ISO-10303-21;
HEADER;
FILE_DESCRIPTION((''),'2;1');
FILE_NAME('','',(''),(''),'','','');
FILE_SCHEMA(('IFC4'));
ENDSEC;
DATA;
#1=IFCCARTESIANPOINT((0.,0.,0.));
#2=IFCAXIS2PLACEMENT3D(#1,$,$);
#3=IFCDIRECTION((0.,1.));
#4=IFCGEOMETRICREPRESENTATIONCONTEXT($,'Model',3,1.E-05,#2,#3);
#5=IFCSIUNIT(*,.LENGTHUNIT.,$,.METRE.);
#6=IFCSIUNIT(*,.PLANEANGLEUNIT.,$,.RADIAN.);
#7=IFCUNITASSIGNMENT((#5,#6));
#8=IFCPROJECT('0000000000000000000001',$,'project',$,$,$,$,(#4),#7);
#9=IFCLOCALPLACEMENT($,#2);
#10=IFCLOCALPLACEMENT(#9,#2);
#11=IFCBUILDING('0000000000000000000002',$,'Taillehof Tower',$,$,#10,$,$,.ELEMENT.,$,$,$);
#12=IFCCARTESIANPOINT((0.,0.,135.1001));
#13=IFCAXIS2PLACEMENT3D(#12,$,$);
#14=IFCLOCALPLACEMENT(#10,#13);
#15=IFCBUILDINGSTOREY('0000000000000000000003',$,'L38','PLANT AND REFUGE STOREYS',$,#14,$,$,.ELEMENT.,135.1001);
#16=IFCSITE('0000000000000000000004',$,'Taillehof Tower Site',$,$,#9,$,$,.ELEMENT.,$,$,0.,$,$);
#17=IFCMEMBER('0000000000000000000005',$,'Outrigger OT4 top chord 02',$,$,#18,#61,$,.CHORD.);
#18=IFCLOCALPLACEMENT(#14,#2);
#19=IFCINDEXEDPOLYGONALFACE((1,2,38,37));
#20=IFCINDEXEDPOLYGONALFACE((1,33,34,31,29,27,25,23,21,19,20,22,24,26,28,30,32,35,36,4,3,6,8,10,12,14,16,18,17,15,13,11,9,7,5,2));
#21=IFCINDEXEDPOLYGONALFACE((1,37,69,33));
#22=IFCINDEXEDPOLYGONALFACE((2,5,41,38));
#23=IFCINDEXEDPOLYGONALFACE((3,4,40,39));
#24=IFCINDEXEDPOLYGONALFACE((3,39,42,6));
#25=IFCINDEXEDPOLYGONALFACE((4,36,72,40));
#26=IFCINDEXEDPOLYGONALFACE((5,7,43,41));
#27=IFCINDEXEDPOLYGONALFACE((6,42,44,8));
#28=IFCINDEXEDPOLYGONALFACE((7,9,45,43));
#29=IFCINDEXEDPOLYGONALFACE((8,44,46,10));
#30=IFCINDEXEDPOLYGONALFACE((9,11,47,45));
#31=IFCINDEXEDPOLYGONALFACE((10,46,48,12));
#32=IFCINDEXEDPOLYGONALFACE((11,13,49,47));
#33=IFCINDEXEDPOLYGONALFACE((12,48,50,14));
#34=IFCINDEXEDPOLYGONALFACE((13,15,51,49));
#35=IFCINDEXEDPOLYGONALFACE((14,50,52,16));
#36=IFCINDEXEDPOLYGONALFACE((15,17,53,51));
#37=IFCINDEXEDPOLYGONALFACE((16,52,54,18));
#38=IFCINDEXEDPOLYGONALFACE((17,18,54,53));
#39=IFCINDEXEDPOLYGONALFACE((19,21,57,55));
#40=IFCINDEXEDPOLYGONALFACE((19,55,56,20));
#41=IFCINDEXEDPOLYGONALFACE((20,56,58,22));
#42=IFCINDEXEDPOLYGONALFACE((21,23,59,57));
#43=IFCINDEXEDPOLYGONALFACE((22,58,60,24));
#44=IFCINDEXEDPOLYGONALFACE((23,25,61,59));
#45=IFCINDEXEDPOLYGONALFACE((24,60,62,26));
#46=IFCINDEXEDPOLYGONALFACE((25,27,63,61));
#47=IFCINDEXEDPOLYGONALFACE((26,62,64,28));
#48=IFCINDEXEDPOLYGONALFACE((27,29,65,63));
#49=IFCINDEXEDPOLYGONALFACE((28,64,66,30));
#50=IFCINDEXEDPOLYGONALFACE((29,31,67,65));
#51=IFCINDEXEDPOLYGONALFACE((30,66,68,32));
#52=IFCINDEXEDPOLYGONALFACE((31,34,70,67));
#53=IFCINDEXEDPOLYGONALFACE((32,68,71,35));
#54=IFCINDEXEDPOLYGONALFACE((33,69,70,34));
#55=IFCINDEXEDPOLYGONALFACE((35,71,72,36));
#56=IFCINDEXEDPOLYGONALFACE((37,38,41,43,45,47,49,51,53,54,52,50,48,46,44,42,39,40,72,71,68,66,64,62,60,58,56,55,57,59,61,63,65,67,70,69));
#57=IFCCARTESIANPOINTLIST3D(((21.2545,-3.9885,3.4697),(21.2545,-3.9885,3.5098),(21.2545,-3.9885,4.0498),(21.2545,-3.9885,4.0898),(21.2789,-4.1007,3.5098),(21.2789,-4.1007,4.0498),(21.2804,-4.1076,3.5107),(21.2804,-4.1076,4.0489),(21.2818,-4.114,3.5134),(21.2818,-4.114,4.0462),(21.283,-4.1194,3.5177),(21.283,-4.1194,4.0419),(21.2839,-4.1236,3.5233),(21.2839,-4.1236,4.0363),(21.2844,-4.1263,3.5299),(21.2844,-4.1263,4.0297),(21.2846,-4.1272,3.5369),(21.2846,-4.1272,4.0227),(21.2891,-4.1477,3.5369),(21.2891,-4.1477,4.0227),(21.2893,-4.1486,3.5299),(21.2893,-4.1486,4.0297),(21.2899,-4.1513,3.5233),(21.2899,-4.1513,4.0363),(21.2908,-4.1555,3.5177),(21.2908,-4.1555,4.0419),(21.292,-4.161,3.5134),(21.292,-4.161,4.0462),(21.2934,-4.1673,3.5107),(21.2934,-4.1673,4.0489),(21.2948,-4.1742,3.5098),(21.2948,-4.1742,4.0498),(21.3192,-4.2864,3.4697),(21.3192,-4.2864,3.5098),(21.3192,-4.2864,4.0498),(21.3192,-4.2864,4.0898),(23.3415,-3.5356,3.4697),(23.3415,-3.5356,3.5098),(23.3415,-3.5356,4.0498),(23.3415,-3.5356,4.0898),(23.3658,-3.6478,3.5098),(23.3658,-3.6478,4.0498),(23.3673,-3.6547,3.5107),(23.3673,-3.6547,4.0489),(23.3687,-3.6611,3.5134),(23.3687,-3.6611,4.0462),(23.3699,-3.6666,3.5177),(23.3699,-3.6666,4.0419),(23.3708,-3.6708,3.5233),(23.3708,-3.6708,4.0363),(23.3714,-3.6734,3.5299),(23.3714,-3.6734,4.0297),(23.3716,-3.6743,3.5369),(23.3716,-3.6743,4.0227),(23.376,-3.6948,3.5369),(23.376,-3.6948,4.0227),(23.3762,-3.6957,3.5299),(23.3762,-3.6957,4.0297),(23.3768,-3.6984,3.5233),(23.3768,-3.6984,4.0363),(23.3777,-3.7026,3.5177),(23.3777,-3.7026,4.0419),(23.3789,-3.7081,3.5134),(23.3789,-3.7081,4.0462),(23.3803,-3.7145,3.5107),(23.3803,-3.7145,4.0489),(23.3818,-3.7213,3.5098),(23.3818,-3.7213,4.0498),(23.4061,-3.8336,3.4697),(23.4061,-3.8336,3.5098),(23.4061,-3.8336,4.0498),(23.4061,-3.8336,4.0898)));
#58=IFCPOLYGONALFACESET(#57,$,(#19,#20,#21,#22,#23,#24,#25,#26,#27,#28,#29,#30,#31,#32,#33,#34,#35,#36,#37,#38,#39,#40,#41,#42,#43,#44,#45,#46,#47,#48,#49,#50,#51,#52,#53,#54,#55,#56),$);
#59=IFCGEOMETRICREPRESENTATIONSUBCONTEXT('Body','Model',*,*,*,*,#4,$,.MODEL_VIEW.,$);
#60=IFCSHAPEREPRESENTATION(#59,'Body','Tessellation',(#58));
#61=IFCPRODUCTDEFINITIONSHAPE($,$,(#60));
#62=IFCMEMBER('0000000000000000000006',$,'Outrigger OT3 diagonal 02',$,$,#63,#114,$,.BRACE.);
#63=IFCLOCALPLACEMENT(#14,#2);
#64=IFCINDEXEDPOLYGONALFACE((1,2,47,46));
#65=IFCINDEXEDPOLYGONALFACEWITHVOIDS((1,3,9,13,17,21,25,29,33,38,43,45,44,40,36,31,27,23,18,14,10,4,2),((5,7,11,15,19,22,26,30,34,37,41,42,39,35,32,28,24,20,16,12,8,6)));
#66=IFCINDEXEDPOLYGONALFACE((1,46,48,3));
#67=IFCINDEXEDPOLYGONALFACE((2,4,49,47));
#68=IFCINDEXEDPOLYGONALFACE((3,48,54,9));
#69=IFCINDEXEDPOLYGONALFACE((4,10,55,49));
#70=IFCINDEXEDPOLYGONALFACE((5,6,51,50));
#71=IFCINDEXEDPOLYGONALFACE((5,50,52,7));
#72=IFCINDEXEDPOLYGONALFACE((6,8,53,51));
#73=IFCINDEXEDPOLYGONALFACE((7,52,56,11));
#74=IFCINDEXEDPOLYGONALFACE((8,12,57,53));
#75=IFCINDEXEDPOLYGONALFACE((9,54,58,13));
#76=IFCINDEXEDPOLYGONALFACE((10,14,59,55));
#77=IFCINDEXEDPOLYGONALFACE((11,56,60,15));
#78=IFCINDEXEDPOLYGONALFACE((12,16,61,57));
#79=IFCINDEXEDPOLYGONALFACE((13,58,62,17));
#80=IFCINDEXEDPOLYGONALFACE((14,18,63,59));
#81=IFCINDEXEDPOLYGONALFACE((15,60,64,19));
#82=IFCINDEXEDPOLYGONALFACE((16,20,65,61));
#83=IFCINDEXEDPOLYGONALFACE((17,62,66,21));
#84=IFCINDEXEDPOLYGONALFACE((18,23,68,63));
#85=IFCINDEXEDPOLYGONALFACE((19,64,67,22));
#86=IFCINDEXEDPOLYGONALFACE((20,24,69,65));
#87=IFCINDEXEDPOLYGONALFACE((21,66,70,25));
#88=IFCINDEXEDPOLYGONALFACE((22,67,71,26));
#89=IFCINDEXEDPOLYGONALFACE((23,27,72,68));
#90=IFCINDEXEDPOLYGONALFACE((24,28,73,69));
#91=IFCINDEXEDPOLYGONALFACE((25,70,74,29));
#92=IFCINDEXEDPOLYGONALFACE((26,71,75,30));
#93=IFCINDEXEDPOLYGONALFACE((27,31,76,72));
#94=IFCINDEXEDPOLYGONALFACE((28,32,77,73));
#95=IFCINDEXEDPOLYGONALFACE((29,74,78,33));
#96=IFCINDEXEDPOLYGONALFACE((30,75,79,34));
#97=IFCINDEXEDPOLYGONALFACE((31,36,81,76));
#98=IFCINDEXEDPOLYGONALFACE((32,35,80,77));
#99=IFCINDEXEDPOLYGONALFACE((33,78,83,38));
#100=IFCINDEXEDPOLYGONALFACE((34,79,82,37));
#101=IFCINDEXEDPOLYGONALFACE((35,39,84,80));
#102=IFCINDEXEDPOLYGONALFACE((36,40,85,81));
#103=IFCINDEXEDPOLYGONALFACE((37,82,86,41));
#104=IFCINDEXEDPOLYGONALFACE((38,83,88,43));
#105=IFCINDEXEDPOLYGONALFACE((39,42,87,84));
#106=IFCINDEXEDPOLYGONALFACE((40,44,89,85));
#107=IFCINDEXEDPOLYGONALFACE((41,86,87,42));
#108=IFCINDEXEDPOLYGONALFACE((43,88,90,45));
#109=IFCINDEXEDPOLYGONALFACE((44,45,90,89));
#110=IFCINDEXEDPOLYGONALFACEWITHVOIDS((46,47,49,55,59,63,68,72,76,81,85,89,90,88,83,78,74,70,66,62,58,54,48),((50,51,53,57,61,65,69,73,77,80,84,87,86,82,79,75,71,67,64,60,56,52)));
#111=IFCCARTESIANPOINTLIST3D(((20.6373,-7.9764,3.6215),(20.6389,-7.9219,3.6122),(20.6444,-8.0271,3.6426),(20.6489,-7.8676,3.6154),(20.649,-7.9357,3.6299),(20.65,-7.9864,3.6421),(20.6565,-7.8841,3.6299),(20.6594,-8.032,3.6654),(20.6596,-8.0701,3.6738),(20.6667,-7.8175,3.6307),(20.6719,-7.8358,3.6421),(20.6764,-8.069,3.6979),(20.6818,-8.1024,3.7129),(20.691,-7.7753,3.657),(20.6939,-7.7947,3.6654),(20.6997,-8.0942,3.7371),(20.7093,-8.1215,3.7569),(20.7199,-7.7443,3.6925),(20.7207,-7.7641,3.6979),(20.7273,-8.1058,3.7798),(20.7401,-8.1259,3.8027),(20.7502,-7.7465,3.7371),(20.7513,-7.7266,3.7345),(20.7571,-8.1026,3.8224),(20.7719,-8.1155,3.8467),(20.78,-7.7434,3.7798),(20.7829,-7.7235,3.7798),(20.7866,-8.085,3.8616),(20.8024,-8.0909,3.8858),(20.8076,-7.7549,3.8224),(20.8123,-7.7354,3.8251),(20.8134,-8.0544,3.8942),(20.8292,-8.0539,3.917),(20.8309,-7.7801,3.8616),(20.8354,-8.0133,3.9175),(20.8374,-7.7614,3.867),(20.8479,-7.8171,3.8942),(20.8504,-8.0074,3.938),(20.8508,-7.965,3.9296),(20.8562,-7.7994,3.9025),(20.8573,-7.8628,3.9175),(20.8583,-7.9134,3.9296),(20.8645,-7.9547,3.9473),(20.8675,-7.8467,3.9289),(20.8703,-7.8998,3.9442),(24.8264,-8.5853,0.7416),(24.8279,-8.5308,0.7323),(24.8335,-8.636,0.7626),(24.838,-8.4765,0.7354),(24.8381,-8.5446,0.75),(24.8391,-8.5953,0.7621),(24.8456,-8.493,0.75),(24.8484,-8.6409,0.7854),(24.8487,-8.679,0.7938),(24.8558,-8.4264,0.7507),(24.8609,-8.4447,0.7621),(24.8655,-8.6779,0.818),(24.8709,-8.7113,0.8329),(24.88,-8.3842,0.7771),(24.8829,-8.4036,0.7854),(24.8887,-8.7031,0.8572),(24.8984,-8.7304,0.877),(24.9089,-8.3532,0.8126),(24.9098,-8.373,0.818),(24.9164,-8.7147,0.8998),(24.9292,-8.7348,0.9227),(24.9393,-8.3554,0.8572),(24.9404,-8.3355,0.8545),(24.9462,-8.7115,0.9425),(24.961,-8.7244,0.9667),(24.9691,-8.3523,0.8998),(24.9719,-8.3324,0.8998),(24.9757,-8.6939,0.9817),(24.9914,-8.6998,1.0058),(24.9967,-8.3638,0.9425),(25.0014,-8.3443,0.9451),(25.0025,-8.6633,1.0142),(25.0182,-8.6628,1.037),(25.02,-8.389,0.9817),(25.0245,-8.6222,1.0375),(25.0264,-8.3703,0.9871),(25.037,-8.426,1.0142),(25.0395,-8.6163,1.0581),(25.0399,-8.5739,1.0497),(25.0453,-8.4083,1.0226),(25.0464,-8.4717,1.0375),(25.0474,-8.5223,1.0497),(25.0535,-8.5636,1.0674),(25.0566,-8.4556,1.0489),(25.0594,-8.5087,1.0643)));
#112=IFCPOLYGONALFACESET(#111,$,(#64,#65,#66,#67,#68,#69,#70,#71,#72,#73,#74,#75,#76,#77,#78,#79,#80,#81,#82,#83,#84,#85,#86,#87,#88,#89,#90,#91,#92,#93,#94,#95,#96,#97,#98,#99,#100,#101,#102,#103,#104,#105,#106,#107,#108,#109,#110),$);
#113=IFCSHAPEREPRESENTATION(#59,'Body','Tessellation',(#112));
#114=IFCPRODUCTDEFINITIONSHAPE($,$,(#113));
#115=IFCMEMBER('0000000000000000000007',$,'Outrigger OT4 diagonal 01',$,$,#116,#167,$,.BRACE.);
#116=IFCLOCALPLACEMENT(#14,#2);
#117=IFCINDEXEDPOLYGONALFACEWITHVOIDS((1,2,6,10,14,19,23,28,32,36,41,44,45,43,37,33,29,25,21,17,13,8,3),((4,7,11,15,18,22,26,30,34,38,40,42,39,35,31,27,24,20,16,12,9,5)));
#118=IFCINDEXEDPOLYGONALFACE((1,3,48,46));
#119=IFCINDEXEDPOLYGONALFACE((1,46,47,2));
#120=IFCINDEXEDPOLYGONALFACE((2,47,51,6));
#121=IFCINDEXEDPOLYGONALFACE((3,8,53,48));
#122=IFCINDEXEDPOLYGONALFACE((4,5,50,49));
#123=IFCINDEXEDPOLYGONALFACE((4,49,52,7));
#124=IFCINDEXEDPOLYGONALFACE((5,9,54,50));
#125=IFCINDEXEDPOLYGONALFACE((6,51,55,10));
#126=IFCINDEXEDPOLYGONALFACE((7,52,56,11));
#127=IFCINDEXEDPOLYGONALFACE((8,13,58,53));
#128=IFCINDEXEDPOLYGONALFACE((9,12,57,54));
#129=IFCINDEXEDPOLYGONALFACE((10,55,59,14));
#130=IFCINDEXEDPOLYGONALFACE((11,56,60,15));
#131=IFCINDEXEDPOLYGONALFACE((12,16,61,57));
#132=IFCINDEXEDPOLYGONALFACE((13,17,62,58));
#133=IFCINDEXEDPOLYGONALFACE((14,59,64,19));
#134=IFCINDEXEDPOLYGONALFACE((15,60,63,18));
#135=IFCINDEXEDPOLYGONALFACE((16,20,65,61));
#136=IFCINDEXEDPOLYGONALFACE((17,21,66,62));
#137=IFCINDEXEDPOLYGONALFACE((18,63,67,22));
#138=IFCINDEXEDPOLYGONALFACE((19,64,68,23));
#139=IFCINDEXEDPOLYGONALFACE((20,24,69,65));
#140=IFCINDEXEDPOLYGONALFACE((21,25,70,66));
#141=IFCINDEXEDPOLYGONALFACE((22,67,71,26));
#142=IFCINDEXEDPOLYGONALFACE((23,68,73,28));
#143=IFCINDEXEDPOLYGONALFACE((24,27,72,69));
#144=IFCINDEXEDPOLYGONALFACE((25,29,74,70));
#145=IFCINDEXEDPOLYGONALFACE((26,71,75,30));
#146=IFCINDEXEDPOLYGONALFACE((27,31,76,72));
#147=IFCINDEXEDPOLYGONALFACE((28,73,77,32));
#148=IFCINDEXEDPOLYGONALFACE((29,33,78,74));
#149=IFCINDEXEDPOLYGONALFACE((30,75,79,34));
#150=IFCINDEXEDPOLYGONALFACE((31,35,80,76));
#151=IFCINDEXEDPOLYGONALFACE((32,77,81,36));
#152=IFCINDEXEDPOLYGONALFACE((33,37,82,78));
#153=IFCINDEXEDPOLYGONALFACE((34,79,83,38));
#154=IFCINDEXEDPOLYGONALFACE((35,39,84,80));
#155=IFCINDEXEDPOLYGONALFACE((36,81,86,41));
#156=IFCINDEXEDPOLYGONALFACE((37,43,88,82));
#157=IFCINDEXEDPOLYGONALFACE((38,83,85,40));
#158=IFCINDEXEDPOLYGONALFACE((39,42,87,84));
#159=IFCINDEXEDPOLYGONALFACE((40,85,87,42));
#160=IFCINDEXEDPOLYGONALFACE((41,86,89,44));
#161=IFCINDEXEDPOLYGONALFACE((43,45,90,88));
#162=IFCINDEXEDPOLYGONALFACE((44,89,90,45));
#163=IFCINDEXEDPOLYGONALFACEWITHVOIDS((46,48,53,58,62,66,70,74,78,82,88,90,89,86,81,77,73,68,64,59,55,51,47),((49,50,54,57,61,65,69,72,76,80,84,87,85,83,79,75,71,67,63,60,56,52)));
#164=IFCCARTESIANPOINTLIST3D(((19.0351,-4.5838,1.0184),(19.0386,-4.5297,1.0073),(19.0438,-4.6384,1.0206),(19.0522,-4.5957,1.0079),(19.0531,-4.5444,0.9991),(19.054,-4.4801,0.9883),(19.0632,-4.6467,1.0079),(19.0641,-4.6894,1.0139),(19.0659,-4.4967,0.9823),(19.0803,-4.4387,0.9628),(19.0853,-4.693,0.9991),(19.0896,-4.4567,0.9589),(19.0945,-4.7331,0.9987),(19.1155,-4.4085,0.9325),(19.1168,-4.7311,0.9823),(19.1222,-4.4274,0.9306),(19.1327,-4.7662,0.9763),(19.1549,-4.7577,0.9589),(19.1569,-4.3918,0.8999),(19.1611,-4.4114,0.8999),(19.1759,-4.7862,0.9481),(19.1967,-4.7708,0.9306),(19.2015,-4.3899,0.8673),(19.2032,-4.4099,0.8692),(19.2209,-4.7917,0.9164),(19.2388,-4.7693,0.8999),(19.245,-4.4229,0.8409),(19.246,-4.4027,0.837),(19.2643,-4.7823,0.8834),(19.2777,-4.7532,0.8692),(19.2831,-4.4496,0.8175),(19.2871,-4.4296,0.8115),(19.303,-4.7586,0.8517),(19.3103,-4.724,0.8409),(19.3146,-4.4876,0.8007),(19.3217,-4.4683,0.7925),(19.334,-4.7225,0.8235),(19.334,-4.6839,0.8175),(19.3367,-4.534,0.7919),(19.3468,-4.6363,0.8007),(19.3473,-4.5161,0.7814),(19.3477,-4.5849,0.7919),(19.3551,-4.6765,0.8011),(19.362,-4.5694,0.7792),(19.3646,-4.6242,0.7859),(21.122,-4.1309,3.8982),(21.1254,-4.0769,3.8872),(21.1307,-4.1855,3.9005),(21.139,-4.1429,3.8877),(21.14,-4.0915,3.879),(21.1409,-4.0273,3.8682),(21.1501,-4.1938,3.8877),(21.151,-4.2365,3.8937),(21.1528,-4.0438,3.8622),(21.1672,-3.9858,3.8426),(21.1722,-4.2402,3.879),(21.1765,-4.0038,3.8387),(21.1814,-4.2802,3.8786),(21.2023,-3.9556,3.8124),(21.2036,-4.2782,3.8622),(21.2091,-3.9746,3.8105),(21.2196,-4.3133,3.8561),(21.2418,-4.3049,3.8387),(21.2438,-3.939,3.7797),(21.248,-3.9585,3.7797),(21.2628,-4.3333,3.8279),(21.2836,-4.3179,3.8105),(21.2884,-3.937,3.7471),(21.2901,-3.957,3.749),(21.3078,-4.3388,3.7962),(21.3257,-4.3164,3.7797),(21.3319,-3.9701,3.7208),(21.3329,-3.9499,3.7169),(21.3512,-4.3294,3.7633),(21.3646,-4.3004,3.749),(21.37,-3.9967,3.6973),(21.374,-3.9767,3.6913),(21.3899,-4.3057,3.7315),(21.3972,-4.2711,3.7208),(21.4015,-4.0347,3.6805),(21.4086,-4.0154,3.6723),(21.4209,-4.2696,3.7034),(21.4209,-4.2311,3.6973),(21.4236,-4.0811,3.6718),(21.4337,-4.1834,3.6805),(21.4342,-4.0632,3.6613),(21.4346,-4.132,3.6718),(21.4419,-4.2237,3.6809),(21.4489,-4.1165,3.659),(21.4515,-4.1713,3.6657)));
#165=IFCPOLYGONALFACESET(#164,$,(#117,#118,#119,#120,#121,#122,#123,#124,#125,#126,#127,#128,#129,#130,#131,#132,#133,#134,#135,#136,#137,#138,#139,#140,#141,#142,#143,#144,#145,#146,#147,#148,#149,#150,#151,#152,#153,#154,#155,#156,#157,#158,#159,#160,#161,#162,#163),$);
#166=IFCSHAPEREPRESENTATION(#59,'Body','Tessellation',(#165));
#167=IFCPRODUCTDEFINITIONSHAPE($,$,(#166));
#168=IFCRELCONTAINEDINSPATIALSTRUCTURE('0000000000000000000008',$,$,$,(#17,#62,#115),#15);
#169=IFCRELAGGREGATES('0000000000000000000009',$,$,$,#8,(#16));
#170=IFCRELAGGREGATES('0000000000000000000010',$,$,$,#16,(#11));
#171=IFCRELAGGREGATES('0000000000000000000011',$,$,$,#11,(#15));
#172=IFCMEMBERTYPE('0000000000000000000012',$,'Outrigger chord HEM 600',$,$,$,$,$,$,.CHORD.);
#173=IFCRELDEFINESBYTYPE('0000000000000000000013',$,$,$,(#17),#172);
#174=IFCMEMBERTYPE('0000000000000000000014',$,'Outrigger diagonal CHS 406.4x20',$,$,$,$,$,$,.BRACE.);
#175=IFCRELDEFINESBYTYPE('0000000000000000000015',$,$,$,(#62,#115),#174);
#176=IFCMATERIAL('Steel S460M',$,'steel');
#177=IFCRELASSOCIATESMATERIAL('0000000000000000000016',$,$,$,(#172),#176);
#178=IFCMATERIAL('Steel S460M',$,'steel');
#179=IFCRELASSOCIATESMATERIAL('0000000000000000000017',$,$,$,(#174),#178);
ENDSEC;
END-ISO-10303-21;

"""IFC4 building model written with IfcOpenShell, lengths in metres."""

from ifc_helpers import new_model, si_unit, direction, frame, origin, origin_2d, place, context, subcontext, project, spatial, hollow_circle, i_section, extrude, material, material_profile, profile_set, type_object, element, save


model = new_model("IFC4")

# Units and contexts
model_context = context("Model", 3, precision=1e-05, world=origin(), true_north=direction((0.0, 1.0)))
body_context = subcontext(model_context, "Body", "Model", "MODEL_VIEW")
ifc_project = project(units=[si_unit("LENGTHUNIT", "METRE"), si_unit("PLANEANGLEUNIT", "RADIAN")], contexts=[model_context])

# Site, building, storey
site_placement = place(None, origin())
site = spatial("IfcSite", under=ifc_project, at=site_placement, Name="Taillehof Tower Site", CompositionType="ELEMENT", RefElevation=0.0)
building_placement = place(site_placement, origin())
building = spatial("IfcBuilding", under=site, at=building_placement, Name="Taillehof Tower", CompositionType="ELEMENT")
storey_placement = place(building_placement, frame((0.0, 0.0, 135.1001)))
storey = spatial("IfcBuildingStorey", under=building, at=storey_placement, Name="L38", Description="PLANT AND REFUGE STOREYS", CompositionType="ELEMENT", Elevation=135.1001)

# Members
ifc_material_1 = material(Name="Steel S460M", Category="steel")
ifc_material_profile_1 = material_profile(ifc_material_1, i_section(OverallWidth=0.3049, OverallDepth=0.6201, WebThickness=0.021, FlangeThickness=0.04, FilletRadius=0.0271, at=origin_2d()), Name="HEM 600")
ifc_profile_set_1 = profile_set([ifc_material_profile_1], Name="Steel S460M")
member_type_1 = type_object("IfcMemberType", Name="Outrigger chord HEM 600", PredefinedType="CHORD", material=ifc_profile_set_1)
member_1_placement = place(storey_placement, frame((21.2869, -4.1375, 3.7798), z_axis=(0.977254, 0.212074, 0.0), x_axis=(-0.212074, 0.977254, 0.0)))
element("IfcMember", 1, at=member_1_placement, inside=storey, type_object=member_type_1, Name="Outrigger OT4 top chord 02", PredefinedType="CHORD", context=body_context, shape_type="SweptSolid", body=[
    extrude(i_section(OverallWidth=0.3049, OverallDepth=0.6201, WebThickness=0.021, FlangeThickness=0.04, FilletRadius=0.0271, at=origin_2d()), origin(), (0.0, 0.0, 1.0), 2.1355),
])
ifc_material_2 = material(Name="Steel S460M", Category="steel")
ifc_material_profile_2 = material_profile(ifc_material_2, hollow_circle(Radius=0.2031, WallThickness=0.02, at=origin_2d()), Name="CHS 406.4x20")
ifc_profile_set_2 = profile_set([ifc_material_profile_2], Name="Steel S460M")
member_type_2 = type_object("IfcMemberType", Name="Outrigger diagonal CHS 406.4x20", PredefinedType="BRACE", material=ifc_profile_set_2)
member_2_placement = place(storey_placement, frame((20.7537, -7.9246, 3.7798), z_axis=(0.818196, -0.118929, -0.562504), x_axis=(0.143843, 0.9896, 0.0)))
element("IfcMember", 2, at=member_2_placement, inside=storey, type_object=member_type_2, Name="Outrigger OT3 diagonal 02", PredefinedType="BRACE", context=body_context, shape_type="SweptSolid", body=[
    extrude(hollow_circle(Radius=0.2031, WallThickness=0.02, at=origin_2d()), origin(), (0.0, 0.0, 1.0), 5.1199),
])
member_3_placement = place(storey_placement, frame((19.2, -4.5903, 0.8999), z_axis=(0.582083, 0.126318, 0.803258), x_axis=(-0.212074, 0.977254, 0.0)))
element("IfcMember", 3, at=member_3_placement, inside=storey, type_object=member_type_2, Name="Outrigger OT4 diagonal 01", PredefinedType="BRACE", context=body_context, shape_type="SweptSolid", body=[
    extrude(hollow_circle(Radius=0.2031, WallThickness=0.02, at=origin_2d()), origin(), (0.0, 0.0, 1.0), 3.5852),
])

save(model, "model.ifc")
